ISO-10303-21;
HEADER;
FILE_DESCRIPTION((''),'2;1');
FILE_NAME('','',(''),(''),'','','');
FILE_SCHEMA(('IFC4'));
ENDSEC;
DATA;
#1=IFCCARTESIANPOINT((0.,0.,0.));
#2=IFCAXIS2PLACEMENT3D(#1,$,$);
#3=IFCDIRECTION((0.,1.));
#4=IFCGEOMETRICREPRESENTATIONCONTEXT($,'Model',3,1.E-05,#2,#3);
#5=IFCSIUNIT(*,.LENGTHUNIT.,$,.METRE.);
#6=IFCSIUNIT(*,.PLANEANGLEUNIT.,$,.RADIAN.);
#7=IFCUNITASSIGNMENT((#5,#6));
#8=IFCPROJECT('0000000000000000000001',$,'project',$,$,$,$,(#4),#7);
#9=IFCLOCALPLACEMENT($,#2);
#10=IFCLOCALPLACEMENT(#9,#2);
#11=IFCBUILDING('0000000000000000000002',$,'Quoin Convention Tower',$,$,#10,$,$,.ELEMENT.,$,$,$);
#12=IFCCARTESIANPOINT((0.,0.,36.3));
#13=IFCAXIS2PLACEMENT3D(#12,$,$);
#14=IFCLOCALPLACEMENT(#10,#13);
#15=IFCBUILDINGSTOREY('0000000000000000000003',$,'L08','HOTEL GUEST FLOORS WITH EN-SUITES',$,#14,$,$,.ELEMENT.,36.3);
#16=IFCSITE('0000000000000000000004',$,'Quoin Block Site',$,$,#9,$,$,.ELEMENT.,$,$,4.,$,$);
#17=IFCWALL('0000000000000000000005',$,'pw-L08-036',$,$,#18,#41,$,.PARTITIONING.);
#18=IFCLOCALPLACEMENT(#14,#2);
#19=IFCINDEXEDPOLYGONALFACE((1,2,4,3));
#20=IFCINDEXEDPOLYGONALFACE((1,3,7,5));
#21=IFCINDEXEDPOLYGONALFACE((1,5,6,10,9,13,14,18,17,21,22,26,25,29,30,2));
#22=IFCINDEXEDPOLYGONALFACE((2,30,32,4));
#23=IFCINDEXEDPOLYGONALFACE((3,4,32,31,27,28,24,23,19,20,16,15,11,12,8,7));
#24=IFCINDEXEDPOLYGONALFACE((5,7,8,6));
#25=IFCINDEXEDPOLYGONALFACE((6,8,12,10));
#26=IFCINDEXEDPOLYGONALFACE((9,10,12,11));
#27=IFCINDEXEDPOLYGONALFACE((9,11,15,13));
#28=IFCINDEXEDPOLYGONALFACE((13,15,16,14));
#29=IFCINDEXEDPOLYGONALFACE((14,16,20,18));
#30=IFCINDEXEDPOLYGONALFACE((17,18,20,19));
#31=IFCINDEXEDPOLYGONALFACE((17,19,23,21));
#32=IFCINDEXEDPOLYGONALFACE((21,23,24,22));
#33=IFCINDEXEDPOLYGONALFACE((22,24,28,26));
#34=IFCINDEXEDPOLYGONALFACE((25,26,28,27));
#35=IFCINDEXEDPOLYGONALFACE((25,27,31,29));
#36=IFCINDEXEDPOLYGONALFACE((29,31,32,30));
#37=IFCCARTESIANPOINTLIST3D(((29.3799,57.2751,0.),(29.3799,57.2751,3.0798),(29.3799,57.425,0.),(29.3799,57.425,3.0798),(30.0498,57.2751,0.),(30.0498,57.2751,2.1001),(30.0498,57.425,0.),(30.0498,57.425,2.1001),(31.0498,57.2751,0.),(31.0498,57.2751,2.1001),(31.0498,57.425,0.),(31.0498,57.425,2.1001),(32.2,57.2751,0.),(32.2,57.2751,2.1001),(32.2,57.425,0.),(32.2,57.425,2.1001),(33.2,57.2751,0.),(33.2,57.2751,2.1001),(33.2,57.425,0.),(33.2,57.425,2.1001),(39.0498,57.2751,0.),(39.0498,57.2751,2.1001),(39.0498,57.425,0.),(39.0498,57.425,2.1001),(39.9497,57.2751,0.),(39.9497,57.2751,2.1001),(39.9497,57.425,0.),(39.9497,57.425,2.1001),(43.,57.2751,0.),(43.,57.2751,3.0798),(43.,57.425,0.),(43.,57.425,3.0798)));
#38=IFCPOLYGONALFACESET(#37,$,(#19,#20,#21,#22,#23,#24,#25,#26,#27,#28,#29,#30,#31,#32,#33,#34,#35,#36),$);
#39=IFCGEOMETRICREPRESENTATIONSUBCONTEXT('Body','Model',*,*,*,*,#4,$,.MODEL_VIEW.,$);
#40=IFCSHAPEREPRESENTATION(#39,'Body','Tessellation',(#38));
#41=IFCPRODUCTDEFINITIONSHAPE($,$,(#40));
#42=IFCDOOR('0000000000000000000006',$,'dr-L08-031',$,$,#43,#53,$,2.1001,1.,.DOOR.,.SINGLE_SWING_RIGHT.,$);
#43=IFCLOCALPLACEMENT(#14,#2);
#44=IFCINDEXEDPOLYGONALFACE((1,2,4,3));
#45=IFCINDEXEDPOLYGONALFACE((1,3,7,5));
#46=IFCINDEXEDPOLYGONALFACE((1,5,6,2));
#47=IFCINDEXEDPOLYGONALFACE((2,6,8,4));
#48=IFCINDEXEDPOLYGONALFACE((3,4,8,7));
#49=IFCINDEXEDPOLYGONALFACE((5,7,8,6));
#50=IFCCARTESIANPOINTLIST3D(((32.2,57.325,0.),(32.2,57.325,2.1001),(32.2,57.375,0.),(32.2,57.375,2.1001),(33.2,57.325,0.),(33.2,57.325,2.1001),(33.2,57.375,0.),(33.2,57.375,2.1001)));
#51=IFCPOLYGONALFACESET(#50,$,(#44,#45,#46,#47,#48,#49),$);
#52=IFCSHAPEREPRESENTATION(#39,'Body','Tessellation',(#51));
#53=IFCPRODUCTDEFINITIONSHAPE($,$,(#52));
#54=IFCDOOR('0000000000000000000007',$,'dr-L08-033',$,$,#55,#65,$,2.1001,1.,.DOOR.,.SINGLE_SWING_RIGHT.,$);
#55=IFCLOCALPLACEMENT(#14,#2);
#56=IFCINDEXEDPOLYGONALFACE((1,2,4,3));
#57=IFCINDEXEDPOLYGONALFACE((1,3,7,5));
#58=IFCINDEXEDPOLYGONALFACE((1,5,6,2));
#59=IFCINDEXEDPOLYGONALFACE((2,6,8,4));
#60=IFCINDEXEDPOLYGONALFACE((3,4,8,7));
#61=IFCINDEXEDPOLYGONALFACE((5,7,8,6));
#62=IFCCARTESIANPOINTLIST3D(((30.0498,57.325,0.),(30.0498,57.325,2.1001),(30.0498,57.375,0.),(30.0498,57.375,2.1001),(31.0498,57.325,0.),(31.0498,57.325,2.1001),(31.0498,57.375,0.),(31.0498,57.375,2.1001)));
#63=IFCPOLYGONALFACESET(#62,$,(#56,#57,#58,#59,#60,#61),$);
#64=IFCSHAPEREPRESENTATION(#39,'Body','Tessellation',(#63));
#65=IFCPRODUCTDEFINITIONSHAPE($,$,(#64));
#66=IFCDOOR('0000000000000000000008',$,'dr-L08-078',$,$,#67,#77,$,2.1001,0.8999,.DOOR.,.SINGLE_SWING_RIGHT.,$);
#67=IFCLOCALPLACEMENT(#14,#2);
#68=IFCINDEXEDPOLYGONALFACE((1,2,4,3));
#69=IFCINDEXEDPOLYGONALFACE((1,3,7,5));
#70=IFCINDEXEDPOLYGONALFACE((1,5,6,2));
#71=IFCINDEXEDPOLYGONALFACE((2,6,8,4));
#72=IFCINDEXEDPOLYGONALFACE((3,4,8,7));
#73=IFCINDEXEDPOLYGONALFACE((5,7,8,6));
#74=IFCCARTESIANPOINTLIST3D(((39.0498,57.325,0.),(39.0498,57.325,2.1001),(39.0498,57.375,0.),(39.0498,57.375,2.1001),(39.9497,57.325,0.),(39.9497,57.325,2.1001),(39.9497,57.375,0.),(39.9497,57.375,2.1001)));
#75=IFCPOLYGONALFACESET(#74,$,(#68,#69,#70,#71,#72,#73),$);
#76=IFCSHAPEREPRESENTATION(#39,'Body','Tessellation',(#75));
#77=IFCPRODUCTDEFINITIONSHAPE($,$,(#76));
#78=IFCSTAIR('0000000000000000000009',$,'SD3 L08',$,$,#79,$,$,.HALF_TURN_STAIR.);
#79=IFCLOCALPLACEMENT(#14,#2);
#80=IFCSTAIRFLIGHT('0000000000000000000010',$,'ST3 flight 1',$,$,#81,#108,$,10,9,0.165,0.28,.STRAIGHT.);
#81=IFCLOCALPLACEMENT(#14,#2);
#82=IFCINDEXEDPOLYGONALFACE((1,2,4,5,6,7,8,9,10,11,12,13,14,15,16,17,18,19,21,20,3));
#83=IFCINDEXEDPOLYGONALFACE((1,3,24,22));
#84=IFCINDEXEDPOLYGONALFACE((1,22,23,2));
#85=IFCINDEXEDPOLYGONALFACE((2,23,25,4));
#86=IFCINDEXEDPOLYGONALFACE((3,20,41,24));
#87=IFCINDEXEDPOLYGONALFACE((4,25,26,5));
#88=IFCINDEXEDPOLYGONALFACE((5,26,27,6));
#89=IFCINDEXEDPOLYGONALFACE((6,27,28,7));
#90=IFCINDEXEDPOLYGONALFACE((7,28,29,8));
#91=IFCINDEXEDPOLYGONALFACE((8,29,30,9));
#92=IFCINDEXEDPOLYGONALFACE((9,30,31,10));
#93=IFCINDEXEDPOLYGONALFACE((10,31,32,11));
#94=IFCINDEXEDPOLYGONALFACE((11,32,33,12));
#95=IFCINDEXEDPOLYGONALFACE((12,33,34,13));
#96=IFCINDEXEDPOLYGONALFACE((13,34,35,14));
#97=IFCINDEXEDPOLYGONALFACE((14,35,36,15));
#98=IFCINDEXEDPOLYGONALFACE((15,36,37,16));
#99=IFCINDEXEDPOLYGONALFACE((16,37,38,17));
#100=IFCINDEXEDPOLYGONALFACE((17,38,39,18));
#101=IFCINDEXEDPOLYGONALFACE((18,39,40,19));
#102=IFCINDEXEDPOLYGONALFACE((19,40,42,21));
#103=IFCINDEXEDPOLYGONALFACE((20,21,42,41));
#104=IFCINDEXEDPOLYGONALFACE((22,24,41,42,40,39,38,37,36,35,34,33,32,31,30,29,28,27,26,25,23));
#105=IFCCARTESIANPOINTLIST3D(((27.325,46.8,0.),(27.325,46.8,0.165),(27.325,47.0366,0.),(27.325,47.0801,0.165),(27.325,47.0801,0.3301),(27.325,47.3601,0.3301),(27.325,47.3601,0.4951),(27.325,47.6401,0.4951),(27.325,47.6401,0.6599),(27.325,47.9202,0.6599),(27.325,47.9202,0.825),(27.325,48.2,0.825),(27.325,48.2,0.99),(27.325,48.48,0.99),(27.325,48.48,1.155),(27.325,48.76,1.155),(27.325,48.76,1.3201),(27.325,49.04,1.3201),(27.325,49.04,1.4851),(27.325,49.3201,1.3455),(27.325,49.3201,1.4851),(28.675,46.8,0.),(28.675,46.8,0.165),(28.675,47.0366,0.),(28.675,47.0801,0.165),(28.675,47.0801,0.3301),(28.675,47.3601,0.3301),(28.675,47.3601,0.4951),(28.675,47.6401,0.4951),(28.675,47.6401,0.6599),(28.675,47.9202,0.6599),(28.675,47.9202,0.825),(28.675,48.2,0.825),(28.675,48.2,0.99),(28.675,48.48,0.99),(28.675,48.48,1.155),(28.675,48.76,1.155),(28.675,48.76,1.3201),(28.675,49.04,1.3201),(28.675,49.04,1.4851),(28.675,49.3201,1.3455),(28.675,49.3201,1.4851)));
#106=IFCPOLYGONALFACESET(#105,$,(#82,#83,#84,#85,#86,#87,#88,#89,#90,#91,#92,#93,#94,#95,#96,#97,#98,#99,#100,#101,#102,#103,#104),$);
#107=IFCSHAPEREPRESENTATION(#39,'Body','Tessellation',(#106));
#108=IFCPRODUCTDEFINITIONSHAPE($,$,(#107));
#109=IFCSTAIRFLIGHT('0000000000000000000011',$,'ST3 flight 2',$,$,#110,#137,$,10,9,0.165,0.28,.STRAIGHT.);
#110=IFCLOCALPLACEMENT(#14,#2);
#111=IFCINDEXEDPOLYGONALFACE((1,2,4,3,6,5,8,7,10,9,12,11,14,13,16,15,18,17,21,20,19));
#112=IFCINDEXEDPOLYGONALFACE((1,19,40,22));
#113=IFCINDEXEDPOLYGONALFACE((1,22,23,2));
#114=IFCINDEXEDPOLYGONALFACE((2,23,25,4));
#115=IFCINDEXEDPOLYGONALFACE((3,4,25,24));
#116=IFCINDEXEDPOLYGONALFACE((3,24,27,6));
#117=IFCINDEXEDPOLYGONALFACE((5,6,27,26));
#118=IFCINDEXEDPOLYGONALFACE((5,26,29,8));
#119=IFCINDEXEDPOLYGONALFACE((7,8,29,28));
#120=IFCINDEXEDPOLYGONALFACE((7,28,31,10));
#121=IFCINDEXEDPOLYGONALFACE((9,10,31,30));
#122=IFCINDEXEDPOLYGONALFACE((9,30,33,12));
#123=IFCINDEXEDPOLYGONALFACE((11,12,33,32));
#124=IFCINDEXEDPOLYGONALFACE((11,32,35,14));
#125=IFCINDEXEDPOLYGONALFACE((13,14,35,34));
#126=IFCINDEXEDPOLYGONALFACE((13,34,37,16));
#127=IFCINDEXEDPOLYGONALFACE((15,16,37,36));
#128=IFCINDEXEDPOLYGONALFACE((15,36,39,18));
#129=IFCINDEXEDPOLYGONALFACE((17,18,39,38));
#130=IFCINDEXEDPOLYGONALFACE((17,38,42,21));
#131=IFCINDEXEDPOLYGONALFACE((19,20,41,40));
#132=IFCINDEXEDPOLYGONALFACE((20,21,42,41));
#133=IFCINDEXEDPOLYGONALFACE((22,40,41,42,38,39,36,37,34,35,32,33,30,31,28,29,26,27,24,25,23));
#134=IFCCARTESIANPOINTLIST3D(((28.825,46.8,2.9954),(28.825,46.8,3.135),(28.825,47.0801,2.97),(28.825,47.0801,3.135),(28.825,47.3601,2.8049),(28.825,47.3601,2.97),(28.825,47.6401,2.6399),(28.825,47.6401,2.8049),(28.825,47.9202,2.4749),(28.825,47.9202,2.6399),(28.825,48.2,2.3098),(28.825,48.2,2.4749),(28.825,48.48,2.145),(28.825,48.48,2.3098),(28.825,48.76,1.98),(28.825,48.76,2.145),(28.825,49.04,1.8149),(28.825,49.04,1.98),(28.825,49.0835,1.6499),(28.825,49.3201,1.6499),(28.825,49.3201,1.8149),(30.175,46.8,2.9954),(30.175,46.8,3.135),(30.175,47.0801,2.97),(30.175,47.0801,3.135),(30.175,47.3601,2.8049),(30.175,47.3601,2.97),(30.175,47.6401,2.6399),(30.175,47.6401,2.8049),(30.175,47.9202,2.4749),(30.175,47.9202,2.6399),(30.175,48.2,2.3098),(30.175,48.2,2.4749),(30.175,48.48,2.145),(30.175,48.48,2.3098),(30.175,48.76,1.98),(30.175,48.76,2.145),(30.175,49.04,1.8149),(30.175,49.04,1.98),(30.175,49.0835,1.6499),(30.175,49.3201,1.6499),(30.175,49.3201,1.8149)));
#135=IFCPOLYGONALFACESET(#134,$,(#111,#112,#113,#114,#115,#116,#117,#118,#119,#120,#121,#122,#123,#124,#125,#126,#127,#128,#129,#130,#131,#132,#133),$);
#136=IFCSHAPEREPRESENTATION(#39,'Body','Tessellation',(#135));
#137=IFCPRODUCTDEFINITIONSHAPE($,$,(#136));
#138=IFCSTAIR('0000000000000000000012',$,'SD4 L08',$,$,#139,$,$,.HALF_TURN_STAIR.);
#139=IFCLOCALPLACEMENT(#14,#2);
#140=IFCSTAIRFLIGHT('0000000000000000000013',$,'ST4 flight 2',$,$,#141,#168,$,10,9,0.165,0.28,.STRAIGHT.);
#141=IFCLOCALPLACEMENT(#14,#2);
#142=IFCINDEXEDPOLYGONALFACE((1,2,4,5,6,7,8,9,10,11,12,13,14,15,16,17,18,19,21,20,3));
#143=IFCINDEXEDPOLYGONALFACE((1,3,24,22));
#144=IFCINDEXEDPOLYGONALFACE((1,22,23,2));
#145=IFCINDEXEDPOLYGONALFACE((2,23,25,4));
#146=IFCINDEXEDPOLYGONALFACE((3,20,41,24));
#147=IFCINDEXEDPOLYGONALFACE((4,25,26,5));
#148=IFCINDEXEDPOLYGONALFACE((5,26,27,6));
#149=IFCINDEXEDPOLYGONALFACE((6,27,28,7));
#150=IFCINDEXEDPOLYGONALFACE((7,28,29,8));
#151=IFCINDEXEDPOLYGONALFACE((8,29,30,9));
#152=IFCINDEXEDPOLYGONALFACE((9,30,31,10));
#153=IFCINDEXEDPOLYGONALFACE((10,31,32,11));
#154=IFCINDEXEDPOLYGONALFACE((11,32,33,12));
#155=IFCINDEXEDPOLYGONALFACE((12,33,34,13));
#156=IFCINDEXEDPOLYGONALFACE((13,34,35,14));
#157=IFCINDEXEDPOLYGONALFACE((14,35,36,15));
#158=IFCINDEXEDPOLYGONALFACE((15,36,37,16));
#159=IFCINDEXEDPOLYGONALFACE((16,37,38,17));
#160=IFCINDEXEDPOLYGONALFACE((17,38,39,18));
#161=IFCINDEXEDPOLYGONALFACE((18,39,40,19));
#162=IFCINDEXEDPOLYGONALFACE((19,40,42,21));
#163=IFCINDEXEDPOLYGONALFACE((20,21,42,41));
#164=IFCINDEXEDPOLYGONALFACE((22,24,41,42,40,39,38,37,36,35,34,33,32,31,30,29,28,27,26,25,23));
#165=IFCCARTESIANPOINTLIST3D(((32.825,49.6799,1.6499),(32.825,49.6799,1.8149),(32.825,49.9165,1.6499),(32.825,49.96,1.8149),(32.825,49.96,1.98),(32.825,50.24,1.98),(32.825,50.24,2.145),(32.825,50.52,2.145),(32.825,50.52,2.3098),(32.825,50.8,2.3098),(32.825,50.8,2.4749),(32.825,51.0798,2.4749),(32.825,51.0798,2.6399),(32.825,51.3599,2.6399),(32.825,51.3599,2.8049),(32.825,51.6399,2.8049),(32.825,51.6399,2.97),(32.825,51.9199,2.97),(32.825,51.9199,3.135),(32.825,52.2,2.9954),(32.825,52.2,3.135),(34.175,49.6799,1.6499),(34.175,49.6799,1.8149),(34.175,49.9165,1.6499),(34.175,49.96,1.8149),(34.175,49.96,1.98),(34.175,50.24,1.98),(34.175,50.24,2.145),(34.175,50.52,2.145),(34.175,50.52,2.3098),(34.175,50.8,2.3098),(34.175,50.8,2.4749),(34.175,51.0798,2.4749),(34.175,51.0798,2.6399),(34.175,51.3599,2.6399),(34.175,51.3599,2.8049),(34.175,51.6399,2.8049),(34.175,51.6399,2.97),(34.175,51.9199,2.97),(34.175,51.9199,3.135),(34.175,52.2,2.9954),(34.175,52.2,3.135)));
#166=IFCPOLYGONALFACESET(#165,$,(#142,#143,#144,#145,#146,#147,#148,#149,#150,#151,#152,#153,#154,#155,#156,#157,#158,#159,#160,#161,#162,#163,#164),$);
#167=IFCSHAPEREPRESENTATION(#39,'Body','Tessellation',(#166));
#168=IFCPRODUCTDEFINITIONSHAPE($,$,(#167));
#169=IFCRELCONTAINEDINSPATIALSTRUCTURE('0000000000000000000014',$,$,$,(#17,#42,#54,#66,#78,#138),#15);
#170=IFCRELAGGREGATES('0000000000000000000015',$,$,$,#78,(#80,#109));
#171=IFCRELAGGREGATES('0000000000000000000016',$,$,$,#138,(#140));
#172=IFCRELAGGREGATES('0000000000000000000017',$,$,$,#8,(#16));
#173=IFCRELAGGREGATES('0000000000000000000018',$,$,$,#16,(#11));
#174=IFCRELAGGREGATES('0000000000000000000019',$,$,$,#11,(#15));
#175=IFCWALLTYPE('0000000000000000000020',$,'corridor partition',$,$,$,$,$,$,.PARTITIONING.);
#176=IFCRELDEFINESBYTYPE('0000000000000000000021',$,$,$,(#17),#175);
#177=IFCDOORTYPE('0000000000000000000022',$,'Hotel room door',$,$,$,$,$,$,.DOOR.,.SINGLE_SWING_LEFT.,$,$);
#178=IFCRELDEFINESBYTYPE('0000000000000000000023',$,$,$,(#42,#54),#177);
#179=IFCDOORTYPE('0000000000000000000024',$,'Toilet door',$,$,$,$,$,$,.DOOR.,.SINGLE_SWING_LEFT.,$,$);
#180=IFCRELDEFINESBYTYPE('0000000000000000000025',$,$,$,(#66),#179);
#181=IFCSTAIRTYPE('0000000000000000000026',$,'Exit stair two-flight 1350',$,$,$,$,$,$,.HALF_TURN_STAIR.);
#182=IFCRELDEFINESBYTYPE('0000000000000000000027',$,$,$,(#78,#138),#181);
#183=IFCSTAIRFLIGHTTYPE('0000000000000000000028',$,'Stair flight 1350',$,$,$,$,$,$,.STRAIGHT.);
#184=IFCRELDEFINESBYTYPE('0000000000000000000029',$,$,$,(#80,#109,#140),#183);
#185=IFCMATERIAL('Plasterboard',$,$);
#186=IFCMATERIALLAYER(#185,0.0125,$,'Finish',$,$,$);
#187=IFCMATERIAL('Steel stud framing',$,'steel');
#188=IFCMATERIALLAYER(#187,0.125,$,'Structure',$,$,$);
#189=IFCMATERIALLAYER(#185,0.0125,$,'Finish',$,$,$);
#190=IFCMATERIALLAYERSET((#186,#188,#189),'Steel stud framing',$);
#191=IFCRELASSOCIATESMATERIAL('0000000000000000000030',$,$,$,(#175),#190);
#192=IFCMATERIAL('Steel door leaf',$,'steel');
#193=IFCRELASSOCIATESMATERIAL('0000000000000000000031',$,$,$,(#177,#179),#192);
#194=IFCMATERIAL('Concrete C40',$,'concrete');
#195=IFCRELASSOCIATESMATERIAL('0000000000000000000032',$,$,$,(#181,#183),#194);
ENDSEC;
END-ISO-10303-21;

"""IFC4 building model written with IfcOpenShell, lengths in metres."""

from ifc_helpers import new_model, si_unit, direction, frame, frame_2d, origin, place, context, subcontext, project, spatial, polyline, rectangle, outline, extrude, material, layer, layer_set, type_object, element, fill, aggregate, save


model = new_model("IFC4")

# Units and contexts
model_context = context("Model", 3, precision=1e-05, world=origin(), true_north=direction((0.0, 1.0)))
body_context = subcontext(model_context, "Body", "Model", "MODEL_VIEW")
ifc_project = project(units=[si_unit("LENGTHUNIT", "METRE"), si_unit("PLANEANGLEUNIT", "RADIAN")], contexts=[model_context])

# Site, building, storey
site_placement = place(None, origin())
site = spatial("IfcSite", under=ifc_project, at=site_placement, Name="Quoin Block Site", CompositionType="ELEMENT", RefElevation=4.0)
building_placement = place(site_placement, origin())
building = spatial("IfcBuilding", under=site, at=building_placement, Name="Quoin Convention Tower", CompositionType="ELEMENT")
storey_placement = place(building_placement, frame((0.0, 0.0, 36.3)))
storey = spatial("IfcBuildingStorey", under=building, at=storey_placement, Name="L08", Description="HOTEL GUEST FLOORS WITH EN-SUITES", CompositionType="ELEMENT", Elevation=36.3)

# Shared definitions
ifc_material_1 = material(Name="Steel door leaf", Category="steel")

# Wall, openings, doors
ifc_material_2 = material(Name="Plasterboard")
ifc_layer_1 = layer(ifc_material_2, 0.0125, Name="Finish")
ifc_material_3 = material(Name="Steel stud framing", Category="steel")
ifc_layer_2 = layer(ifc_material_3, 0.125, Name="Structure")
ifc_layer_3 = layer(ifc_material_2, 0.0125, Name="Finish")
ifc_layer_set_1 = layer_set([ifc_layer_1, ifc_layer_2, ifc_layer_3], Name="Steel stud framing")
wall_type_1 = type_object("IfcWallType", Name="corridor partition", PredefinedType="PARTITIONING", material=ifc_layer_set_1)
wall_1_placement = place(storey_placement, frame((29.3799, 57.3501, 0.0), z_axis=(0.0, 0.0, 1.0), x_axis=(1.0, 0.0, 0.0)))
wall_1 = element("IfcWall", 1, at=wall_1_placement, inside=storey, type_object=wall_type_1, Name="pw-L08-036", PredefinedType="PARTITIONING", context=body_context, shape_type="SweptSolid", body=[
    extrude(rectangle(XDim=13.6201, YDim=0.1499, at=frame_2d((6.8101, 0.0))), origin(), (0.0, 0.0, 1.0), 3.0798),
])
opening_1_placement = place(wall_1_placement, frame((2.8201, 0.0, 0.0)))
opening_1 = element("IfcOpeningElement", 2, at=opening_1_placement, cuts=wall_1, PredefinedType="OPENING", context=body_context, shape_type="SweptSolid", body=[
    extrude(rectangle(XDim=1.0, YDim=2.1001, at=frame_2d((0.5, 1.05))), frame((0.0, 0.085, 0.0), z_axis=(0.0, -1.0, 0.0), x_axis=(1.0, 0.0, 0.0)), (0.0, 0.0, 1.0), 0.1699),
])
opening_2_placement = place(wall_1_placement, frame((0.6699, 0.0, 0.0)))
opening_2 = element("IfcOpeningElement", 3, at=opening_2_placement, cuts=wall_1, PredefinedType="OPENING", context=body_context, shape_type="SweptSolid", body=[
    extrude(rectangle(XDim=1.0, YDim=2.1001, at=frame_2d((0.5, 1.05))), frame((0.0, 0.085, 0.0), z_axis=(0.0, -1.0, 0.0), x_axis=(1.0, 0.0, 0.0)), (0.0, 0.0, 1.0), 0.1699),
])
opening_3_placement = place(wall_1_placement, frame((9.6699, 0.0, 0.0)))
opening_3 = element("IfcOpeningElement", 4, at=opening_3_placement, cuts=wall_1, PredefinedType="OPENING", context=body_context, shape_type="SweptSolid", body=[
    extrude(rectangle(XDim=0.8999, YDim=2.1001, at=frame_2d((0.45, 1.05))), frame((0.0, 0.085, 0.0), z_axis=(0.0, -1.0, 0.0), x_axis=(1.0, 0.0, 0.0)), (0.0, 0.0, 1.0), 0.1699),
])
door_type_1 = type_object("IfcDoorType", Name="Hotel room door", OperationType="SINGLE_SWING_LEFT", PredefinedType="DOOR", material=ifc_material_1)
door_1_placement = place(opening_1_placement, origin())
door_1 = element("IfcDoor", 5, at=door_1_placement, inside=storey, type_object=door_type_1, Name="dr-L08-031", OperationType="SINGLE_SWING_RIGHT", OverallHeight=2.1001, OverallWidth=1.0, PredefinedType="DOOR", context=body_context, shape_type="SweptSolid", body=[
    extrude(rectangle(XDim=1.0, YDim=2.1001, at=frame_2d((0.5, 1.05))), frame((0.0, 0.0249, 0.0), z_axis=(0.0, -1.0, 0.0), x_axis=(1.0, 0.0, 0.0)), (0.0, 0.0, 1.0), 0.05),
])
fill(opening_1, door_1)
door_2_placement = place(opening_2_placement, origin())
door_2 = element("IfcDoor", 6, at=door_2_placement, inside=storey, type_object=door_type_1, Name="dr-L08-033", OperationType="SINGLE_SWING_RIGHT", OverallHeight=2.1001, OverallWidth=1.0, PredefinedType="DOOR", context=body_context, shape_type="SweptSolid", body=[
    extrude(rectangle(XDim=1.0, YDim=2.1001, at=frame_2d((0.5, 1.05))), frame((0.0, 0.0249, 0.0), z_axis=(0.0, -1.0, 0.0), x_axis=(1.0, 0.0, 0.0)), (0.0, 0.0, 1.0), 0.05),
])
fill(opening_2, door_2)
door_type_2 = type_object("IfcDoorType", Name="Toilet door", OperationType="SINGLE_SWING_LEFT", PredefinedType="DOOR", material=ifc_material_1)
door_3_placement = place(opening_3_placement, origin())
door_3 = element("IfcDoor", 7, at=door_3_placement, inside=storey, type_object=door_type_2, Name="dr-L08-078", OperationType="SINGLE_SWING_RIGHT", OverallHeight=2.1001, OverallWidth=0.8999, PredefinedType="DOOR", context=body_context, shape_type="SweptSolid", body=[
    extrude(rectangle(XDim=0.8999, YDim=2.1001, at=frame_2d((0.45, 1.05))), frame((0.0, 0.0249, 0.0), z_axis=(0.0, -1.0, 0.0), x_axis=(1.0, 0.0, 0.0)), (0.0, 0.0, 1.0), 0.05),
])
fill(opening_3, door_3)

# Stair, stair flights
ifc_material_4 = material(Name="Concrete C40", Category="concrete")
stair_type = type_object("IfcStairType", Name="Exit stair two-flight 1350", PredefinedType="HALF_TURN_STAIR", material=ifc_material_4)
stair_1_placement = place(storey_placement, origin())
stair_1 = element("IfcStair", 8, at=stair_1_placement, inside=storey, type_object=stair_type, Name="SD3 L08", PredefinedType="HALF_TURN_STAIR")
stair_flight_type = type_object("IfcStairFlightType", Name="Stair flight 1350", PredefinedType="STRAIGHT", material=ifc_material_4)
stair_flight_1_placement = place(storey_placement, frame((28.0, 46.8, 0.0), z_axis=(0.0, 0.0, 1.0), x_axis=(0.0, 1.0, 0.0)))
stair_flight_1 = element("IfcStairFlight", 9, at=stair_flight_1_placement, type_object=stair_flight_type, Name="ST3 flight 1", NumberOfRisers=10, NumberOfTreads=9, PredefinedType="STRAIGHT", RiserHeight=0.165, TreadLength=0.28, context=body_context, shape_type="SweptSolid", body=[
    extrude(outline(polyline([(0.0, 0.0), (0.0, 0.165), (0.28, 0.165), (0.28, 0.3301), (0.5601, 0.3301), (0.5601, 0.4951), (0.8401, 0.4951), (0.8401, 0.6599), (1.1201, 0.6599), (1.1201, 0.825), (1.3999, 0.825), (1.3999, 0.99), (1.6799, 0.99), (1.6799, 1.155), (1.96, 1.155), (1.96, 1.3201), (2.24, 1.3201), (2.24, 1.4851), (2.52, 1.4851), (2.52, 1.6499), (2.52, 1.3455), (0.2366, 0.0), (0.0, 0.0)])), frame((0.0, 0.675, 0.0), z_axis=(0.0, -1.0, 0.0), x_axis=(1.0, 0.0, 0.0)), (0.0, 0.0, 1.0), 1.3501),
])
stair_flight_2_placement = place(storey_placement, frame((29.5, 49.3201, 1.6499), z_axis=(0.0, 0.0, 1.0), x_axis=(0.0, -1.0, 0.0)))
stair_flight_2 = element("IfcStairFlight", 10, at=stair_flight_2_placement, type_object=stair_flight_type, Name="ST3 flight 2", NumberOfRisers=10, NumberOfTreads=9, PredefinedType="STRAIGHT", RiserHeight=0.165, TreadLength=0.28, context=body_context, shape_type="SweptSolid", body=[
    extrude(outline(polyline([(0.0, 0.0), (0.0, 0.165), (0.28, 0.165), (0.28, 0.3301), (0.5601, 0.3301), (0.5601, 0.4951), (0.8401, 0.4951), (0.8401, 0.6599), (1.1201, 0.6599), (1.1201, 0.825), (1.3999, 0.825), (1.3999, 0.99), (1.6799, 0.99), (1.6799, 1.155), (1.96, 1.155), (1.96, 1.3201), (2.24, 1.3201), (2.24, 1.4851), (2.52, 1.4851), (2.52, 1.6499), (2.52, 1.3455), (0.2366, 0.0), (0.0, 0.0)])), frame((0.0, 0.675, 0.0), z_axis=(0.0, -1.0, 0.0), x_axis=(1.0, 0.0, 0.0)), (0.0, 0.0, 1.0), 1.3501),
])
aggregate(stair_1, [stair_flight_1, stair_flight_2])

# Stair, stair flight
stair_2_placement = place(storey_placement, origin())
stair_2 = element("IfcStair", 11, at=stair_2_placement, inside=storey, type_object=stair_type, Name="SD4 L08", PredefinedType="HALF_TURN_STAIR")
stair_flight_3_placement = place(storey_placement, frame((33.5, 49.6799, 1.6499), z_axis=(0.0, 0.0, 1.0), x_axis=(0.0, 1.0, 0.0)))
stair_flight_3 = element("IfcStairFlight", 12, at=stair_flight_3_placement, type_object=stair_flight_type, Name="ST4 flight 2", NumberOfRisers=10, NumberOfTreads=9, PredefinedType="STRAIGHT", RiserHeight=0.165, TreadLength=0.28, context=body_context, shape_type="SweptSolid", body=[
    extrude(outline(polyline([(0.0, 0.0), (0.0, 0.165), (0.28, 0.165), (0.28, 0.3301), (0.5601, 0.3301), (0.5601, 0.4951), (0.8401, 0.4951), (0.8401, 0.6599), (1.1201, 0.6599), (1.1201, 0.825), (1.3999, 0.825), (1.3999, 0.99), (1.6799, 0.99), (1.6799, 1.155), (1.96, 1.155), (1.96, 1.3201), (2.24, 1.3201), (2.24, 1.4851), (2.52, 1.4851), (2.52, 1.6499), (2.52, 1.3455), (0.2366, 0.0), (0.0, 0.0)])), frame((0.0, 0.675, 0.0), z_axis=(0.0, -1.0, 0.0), x_axis=(1.0, 0.0, 0.0)), (0.0, 0.0, 1.0), 1.3501),
])
aggregate(stair_2, [stair_flight_3])

save(model, "model.ifc")
